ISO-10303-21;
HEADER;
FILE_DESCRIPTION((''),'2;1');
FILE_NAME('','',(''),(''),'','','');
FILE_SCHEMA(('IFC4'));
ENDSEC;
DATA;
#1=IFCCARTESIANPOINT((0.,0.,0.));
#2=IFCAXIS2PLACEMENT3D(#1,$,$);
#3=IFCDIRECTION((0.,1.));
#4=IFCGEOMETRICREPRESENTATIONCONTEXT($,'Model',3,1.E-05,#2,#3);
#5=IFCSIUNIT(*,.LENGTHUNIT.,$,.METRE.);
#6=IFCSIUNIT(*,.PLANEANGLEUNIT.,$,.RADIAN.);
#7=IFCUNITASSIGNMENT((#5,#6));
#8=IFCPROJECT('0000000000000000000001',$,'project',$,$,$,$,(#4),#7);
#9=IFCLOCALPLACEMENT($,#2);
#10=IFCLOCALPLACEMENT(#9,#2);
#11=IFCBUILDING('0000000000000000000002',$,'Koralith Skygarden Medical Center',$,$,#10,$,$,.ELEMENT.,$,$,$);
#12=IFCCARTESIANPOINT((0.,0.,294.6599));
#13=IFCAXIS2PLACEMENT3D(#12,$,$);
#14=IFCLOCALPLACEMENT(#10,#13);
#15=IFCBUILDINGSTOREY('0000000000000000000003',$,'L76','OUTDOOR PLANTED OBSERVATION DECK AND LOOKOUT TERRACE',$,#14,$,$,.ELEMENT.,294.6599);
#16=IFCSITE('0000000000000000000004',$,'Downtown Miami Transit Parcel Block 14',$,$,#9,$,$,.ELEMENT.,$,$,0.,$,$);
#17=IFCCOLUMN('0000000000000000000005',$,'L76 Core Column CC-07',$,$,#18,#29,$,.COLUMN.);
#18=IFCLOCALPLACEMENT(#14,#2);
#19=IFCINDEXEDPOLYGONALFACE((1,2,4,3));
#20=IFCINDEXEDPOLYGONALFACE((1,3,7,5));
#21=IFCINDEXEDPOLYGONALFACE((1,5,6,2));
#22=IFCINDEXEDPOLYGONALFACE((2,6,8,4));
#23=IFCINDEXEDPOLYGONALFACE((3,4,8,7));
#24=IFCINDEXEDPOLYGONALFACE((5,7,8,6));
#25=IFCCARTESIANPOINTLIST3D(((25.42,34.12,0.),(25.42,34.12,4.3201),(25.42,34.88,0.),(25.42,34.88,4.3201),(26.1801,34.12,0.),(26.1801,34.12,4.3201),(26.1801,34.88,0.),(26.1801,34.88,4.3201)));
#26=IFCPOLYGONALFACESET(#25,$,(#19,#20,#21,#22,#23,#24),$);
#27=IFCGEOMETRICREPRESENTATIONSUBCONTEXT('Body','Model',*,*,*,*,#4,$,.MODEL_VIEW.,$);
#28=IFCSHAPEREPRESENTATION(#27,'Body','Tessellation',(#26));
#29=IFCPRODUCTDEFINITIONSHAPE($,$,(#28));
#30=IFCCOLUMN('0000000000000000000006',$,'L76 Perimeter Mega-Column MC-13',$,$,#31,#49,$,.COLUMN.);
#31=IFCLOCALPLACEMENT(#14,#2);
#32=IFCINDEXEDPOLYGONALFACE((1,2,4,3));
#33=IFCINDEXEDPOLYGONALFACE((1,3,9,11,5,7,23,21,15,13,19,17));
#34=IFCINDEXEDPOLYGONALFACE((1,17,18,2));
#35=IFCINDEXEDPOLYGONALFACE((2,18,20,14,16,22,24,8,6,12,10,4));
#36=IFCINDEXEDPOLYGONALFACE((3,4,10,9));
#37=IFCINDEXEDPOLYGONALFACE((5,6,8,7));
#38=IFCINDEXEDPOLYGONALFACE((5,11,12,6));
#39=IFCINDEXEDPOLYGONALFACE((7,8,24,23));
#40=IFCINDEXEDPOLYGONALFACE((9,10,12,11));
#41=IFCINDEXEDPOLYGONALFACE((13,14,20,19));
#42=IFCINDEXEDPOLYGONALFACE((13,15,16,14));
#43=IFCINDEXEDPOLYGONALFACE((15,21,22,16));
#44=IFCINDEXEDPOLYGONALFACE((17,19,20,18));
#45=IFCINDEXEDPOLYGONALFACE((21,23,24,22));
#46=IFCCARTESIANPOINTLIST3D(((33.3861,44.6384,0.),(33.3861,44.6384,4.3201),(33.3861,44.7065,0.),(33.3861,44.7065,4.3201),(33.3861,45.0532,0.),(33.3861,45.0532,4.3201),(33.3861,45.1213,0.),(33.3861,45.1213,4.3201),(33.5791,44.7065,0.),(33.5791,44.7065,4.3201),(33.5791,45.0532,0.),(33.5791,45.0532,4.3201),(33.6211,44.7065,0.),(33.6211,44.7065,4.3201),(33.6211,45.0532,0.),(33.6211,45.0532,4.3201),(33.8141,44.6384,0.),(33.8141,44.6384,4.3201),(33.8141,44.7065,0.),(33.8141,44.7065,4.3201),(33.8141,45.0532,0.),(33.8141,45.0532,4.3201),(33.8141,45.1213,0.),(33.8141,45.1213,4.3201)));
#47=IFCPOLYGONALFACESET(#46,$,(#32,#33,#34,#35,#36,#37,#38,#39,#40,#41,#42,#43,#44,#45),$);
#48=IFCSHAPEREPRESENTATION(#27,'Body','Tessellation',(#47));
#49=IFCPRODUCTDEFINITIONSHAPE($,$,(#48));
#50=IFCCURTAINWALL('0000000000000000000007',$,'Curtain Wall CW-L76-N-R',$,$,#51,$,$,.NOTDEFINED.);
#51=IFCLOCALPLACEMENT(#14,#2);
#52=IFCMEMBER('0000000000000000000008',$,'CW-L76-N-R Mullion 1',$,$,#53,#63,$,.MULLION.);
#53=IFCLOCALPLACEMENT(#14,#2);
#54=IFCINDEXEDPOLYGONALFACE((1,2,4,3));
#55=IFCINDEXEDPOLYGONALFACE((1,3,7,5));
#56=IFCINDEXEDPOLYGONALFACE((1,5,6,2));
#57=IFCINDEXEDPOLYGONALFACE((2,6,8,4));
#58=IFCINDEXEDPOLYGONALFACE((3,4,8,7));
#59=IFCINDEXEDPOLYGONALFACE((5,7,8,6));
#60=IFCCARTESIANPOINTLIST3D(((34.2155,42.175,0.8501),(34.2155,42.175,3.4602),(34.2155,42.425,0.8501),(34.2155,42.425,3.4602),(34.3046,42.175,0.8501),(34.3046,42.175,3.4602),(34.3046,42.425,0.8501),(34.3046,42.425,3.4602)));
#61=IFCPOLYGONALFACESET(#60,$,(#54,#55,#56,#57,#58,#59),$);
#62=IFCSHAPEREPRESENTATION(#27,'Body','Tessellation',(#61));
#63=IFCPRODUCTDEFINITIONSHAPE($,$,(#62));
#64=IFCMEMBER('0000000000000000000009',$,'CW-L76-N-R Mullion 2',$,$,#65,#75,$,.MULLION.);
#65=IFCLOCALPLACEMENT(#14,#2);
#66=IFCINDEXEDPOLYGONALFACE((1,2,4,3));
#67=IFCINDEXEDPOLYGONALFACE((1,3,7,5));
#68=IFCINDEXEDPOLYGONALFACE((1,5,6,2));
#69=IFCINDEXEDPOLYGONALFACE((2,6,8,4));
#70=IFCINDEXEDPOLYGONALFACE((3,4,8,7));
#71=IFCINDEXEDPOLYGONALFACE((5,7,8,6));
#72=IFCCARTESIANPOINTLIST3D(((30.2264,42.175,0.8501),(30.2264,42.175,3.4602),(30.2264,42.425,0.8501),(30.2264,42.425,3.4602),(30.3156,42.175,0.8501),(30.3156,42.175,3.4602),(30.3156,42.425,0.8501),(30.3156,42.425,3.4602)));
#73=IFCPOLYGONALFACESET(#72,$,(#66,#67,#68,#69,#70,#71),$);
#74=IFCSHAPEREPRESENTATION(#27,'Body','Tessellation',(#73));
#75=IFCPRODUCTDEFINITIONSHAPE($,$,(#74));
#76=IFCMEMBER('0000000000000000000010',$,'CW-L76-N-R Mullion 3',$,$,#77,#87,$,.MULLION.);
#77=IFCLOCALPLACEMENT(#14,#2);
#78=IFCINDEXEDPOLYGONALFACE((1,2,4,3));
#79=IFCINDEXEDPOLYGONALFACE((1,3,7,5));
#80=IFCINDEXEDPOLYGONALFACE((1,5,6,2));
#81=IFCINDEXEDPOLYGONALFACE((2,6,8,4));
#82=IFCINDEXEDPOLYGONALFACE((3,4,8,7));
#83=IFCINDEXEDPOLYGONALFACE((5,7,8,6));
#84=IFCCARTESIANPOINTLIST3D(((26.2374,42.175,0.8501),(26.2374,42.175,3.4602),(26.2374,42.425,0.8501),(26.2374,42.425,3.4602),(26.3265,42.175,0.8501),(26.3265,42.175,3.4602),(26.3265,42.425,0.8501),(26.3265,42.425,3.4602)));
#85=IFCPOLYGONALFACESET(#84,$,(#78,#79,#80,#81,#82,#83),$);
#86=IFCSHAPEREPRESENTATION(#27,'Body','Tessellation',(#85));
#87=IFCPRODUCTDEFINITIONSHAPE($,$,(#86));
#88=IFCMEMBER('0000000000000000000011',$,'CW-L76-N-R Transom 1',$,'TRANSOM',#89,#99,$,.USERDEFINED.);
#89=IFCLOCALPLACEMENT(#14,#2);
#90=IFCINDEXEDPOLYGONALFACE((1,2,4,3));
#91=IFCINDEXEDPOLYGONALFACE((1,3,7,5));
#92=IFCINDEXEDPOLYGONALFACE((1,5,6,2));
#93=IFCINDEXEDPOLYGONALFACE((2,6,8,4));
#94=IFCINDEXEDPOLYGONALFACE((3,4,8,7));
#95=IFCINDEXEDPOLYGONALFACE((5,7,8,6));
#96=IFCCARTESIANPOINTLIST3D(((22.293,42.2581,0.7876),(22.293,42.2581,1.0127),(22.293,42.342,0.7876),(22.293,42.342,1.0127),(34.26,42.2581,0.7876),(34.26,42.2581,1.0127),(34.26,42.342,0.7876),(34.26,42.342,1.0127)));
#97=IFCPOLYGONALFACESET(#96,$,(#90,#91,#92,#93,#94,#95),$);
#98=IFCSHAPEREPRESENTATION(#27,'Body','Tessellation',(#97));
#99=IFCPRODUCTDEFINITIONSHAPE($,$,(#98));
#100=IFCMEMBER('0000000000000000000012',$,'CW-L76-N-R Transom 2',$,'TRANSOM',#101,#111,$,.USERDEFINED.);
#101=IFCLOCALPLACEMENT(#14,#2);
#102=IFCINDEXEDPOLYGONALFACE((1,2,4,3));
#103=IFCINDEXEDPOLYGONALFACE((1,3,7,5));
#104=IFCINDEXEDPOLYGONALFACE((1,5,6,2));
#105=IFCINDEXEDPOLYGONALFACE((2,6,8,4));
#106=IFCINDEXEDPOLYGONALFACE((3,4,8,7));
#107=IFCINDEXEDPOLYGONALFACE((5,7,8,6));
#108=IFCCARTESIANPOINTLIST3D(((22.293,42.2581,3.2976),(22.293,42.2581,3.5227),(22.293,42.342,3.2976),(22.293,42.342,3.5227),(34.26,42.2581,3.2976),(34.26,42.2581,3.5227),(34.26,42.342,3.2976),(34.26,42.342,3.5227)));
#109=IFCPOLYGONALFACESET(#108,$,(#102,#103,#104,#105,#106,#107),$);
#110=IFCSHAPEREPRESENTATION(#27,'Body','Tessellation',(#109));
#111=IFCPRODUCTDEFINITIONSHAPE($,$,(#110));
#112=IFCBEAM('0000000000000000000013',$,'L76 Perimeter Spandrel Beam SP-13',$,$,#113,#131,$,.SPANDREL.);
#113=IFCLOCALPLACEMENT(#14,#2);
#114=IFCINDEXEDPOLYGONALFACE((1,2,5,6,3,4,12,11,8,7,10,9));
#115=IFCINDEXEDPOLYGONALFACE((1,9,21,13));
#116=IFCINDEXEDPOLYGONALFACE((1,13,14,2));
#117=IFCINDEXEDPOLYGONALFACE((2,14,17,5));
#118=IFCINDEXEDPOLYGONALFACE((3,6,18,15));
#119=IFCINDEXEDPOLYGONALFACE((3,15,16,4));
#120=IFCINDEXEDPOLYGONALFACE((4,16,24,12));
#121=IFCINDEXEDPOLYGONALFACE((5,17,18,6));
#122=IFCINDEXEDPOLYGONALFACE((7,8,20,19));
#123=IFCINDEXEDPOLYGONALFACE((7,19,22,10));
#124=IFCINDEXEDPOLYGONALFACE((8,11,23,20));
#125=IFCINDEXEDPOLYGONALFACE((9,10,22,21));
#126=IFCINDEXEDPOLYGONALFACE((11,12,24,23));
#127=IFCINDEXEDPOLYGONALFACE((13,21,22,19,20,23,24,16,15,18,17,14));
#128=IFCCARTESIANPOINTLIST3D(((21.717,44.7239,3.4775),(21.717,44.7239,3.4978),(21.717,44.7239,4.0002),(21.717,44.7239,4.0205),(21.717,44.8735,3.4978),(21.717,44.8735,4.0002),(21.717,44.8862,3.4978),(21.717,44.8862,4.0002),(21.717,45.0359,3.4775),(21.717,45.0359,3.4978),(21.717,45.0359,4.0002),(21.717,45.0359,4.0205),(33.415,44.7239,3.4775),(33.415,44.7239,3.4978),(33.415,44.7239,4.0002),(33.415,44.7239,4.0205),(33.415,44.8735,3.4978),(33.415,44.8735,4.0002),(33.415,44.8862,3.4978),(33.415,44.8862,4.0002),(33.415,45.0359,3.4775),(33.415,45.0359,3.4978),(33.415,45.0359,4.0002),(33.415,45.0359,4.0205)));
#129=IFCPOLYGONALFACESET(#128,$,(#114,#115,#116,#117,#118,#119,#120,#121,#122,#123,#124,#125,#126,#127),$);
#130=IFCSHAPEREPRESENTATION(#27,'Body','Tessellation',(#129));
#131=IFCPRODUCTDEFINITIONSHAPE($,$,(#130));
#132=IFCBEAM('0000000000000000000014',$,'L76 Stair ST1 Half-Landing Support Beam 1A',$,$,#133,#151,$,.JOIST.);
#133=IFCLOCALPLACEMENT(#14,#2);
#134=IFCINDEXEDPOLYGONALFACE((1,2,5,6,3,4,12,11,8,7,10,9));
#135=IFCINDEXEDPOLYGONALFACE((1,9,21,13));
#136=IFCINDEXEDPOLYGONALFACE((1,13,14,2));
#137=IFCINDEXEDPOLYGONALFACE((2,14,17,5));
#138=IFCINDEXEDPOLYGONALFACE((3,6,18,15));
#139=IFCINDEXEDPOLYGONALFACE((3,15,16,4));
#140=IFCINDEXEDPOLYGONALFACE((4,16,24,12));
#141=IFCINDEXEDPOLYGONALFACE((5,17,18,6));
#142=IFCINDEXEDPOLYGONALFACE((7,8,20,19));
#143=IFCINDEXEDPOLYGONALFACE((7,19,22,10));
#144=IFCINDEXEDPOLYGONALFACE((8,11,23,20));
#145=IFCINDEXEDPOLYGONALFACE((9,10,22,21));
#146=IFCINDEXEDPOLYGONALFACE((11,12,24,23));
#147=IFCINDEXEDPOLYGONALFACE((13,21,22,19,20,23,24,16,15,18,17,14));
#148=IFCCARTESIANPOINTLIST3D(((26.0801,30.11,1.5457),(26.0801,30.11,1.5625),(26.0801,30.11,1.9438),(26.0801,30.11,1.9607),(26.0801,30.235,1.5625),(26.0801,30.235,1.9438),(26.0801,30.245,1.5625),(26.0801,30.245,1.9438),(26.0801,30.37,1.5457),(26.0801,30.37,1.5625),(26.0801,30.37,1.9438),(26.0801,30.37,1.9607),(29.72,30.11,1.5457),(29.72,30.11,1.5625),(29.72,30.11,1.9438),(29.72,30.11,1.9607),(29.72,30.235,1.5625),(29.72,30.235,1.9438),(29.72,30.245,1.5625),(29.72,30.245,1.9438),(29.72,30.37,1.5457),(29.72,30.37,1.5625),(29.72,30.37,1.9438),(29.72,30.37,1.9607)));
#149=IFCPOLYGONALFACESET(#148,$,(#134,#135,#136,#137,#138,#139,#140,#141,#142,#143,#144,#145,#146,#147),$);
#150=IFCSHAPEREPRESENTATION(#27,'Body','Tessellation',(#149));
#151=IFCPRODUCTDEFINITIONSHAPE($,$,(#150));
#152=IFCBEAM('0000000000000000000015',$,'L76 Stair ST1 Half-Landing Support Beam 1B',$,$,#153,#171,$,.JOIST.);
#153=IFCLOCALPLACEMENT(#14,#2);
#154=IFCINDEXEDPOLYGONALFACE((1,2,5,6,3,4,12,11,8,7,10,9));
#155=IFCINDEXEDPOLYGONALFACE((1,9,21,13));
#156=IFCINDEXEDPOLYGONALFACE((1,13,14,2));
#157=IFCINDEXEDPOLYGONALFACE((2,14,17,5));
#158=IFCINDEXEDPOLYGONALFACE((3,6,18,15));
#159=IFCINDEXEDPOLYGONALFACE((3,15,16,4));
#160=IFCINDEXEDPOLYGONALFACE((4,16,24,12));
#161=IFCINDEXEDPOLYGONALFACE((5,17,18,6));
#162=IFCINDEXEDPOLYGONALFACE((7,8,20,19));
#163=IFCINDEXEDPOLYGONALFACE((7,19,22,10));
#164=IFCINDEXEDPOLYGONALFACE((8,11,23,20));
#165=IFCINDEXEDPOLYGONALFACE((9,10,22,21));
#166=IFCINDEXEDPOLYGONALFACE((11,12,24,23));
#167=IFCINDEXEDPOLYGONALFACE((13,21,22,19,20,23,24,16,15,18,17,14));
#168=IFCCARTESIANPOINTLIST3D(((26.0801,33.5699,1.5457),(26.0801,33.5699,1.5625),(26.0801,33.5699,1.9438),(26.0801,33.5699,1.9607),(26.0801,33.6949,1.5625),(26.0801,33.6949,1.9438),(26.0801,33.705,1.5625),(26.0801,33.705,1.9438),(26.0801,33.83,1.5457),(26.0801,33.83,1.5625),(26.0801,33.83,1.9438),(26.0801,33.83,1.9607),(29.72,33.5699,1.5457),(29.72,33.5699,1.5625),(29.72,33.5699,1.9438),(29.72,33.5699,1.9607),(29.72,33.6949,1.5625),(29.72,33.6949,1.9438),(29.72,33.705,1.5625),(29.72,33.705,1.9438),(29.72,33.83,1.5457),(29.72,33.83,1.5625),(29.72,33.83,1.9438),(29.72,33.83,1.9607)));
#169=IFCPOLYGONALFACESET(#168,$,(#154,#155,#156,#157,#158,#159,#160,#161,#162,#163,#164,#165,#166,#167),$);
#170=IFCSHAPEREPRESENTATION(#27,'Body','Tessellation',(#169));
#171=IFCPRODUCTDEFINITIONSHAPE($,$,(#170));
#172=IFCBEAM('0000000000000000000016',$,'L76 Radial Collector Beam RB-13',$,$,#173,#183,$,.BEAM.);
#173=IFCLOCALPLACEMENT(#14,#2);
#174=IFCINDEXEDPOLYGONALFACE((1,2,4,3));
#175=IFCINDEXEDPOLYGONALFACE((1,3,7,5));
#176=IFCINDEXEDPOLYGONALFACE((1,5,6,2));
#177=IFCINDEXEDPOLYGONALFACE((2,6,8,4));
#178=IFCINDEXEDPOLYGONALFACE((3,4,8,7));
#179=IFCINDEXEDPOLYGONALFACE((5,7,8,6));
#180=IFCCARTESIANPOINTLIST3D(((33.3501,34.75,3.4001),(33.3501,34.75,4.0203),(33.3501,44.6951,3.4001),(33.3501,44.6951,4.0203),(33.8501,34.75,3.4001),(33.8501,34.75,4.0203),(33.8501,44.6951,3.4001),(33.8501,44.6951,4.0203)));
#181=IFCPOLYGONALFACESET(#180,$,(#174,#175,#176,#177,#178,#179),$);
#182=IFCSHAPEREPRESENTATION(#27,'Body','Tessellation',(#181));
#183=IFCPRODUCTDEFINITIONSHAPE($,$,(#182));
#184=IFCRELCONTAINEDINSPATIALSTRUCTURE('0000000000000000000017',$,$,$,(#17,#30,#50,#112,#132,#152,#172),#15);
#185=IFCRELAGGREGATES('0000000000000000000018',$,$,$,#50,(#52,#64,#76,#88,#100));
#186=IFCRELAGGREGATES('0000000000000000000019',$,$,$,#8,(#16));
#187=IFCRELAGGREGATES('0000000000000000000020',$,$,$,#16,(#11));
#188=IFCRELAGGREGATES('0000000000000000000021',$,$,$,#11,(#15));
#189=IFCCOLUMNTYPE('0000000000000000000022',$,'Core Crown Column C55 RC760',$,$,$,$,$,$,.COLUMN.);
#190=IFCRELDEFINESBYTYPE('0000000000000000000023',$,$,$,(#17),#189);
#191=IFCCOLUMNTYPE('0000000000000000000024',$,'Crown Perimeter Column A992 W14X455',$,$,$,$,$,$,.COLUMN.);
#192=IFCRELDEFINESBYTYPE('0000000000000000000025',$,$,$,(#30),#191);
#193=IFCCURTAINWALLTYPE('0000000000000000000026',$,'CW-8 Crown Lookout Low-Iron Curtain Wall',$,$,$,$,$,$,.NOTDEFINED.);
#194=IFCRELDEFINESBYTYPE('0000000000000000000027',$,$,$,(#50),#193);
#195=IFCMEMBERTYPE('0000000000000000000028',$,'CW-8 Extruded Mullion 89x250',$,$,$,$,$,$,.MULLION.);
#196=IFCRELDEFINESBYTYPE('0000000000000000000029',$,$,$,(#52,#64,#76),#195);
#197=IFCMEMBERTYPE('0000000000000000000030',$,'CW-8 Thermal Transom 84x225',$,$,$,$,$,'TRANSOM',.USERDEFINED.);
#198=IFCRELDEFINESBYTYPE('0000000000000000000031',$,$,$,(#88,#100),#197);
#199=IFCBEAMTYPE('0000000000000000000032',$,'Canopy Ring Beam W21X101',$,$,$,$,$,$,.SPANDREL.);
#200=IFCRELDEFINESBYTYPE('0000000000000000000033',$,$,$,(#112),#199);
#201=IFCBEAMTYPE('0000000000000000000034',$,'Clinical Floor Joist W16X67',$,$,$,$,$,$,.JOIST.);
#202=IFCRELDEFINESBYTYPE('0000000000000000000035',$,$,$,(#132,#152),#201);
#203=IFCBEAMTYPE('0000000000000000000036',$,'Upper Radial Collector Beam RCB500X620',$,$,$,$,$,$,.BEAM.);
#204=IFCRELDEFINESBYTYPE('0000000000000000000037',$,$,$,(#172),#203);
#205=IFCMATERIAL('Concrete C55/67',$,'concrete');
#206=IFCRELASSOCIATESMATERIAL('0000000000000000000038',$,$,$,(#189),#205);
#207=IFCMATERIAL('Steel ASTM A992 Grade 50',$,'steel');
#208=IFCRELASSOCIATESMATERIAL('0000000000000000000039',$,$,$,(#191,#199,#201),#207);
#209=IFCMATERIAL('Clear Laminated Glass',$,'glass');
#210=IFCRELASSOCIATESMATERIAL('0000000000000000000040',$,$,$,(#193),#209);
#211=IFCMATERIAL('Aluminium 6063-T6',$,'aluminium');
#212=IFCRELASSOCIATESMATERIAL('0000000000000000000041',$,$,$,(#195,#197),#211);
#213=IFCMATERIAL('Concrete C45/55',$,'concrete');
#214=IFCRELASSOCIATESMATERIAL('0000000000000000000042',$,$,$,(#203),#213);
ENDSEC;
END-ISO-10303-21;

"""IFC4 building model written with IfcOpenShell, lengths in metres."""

from ifc_helpers import new_model, si_unit, direction, frame, origin, origin_2d, place, context, subcontext, project, spatial, rectangle, i_section, extrude, material, material_profile, profile_set, type_object, element, aggregate, save


model = new_model("IFC4")

# Units and contexts
model_context = context("Model", 3, precision=1e-05, world=origin(), true_north=direction((0.0, 1.0)))
body_context = subcontext(model_context, "Body", "Model", "MODEL_VIEW")
ifc_project = project(units=[si_unit("LENGTHUNIT", "METRE"), si_unit("PLANEANGLEUNIT", "RADIAN")], contexts=[model_context])

# Site, building, storey
site_placement = place(None, origin())
site = spatial("IfcSite", under=ifc_project, at=site_placement, Name="Downtown Miami Transit Parcel Block 14", CompositionType="ELEMENT", RefElevation=0.0)
building_placement = place(site_placement, origin())
building = spatial("IfcBuilding", under=site, at=building_placement, Name="Koralith Skygarden Medical Center", CompositionType="ELEMENT")
storey_placement = place(building_placement, frame((0.0, 0.0, 294.6599)))
storey = spatial("IfcBuildingStorey", under=building, at=storey_placement, Name="L76", Description="OUTDOOR PLANTED OBSERVATION DECK AND LOOKOUT TERRACE", CompositionType="ELEMENT", Elevation=294.6599)

# Columns
ifc_material_1 = material(Name="Concrete C55/67", Category="concrete")
ifc_material_profile_1 = material_profile(ifc_material_1, rectangle(XDim=0.76, YDim=0.76, at=origin_2d()), Name="RC760X760")
ifc_profile_set_1 = profile_set([ifc_material_profile_1], Name="Concrete C55/67")
column_type_1 = type_object("IfcColumnType", Name="Core Crown Column C55 RC760", PredefinedType="COLUMN", material=ifc_profile_set_1)
column_1_placement = place(storey_placement, frame((25.8, 34.5, 0.0), z_axis=(0.0, 0.0, 1.0), x_axis=(1.0, 0.0, 0.0)))
element("IfcColumn", 1, at=column_1_placement, inside=storey, type_object=column_type_1, Name="L76 Core Column CC-07", PredefinedType="COLUMN", context=body_context, shape_type="SweptSolid", body=[
    extrude(rectangle(XDim=0.76, YDim=0.76, at=origin_2d()), origin(), (0.0, 0.0, 1.0), 4.3201),
])
ifc_material_2 = material(Name="Steel ASTM A992 Grade 50", Category="steel")
ifc_material_profile_2 = material_profile(ifc_material_2, i_section(OverallWidth=0.428, OverallDepth=0.4829, WebThickness=0.042, FlangeThickness=0.0681, at=origin_2d()), Name="W14X455")
ifc_profile_set_2 = profile_set([ifc_material_profile_2], Name="Steel ASTM A992 Grade 50")
column_type_2 = type_object("IfcColumnType", Name="Crown Perimeter Column A992 W14X455", PredefinedType="COLUMN", material=ifc_profile_set_2)
column_2_placement = place(storey_placement, frame((33.6001, 44.8799, 0.0), z_axis=(0.0, 0.0, 1.0), x_axis=(1.0, 0.0, 0.0)))
element("IfcColumn", 2, at=column_2_placement, inside=storey, type_object=column_type_2, Name="L76 Perimeter Mega-Column MC-13", PredefinedType="COLUMN", context=body_context, shape_type="SweptSolid", body=[
    extrude(i_section(OverallWidth=0.428, OverallDepth=0.4829, WebThickness=0.042, FlangeThickness=0.0681, at=origin_2d()), origin(), (0.0, 0.0, 1.0), 4.3201),
])

# Curtain wall, members
ifc_material_3 = material(Name="Clear Laminated Glass", Category="glass")
curtain_wall_type = type_object("IfcCurtainWallType", Name="CW-8 Crown Lookout Low-Iron Curtain Wall", PredefinedType="NOTDEFINED", material=ifc_material_3)
curtain_wall_placement = place(storey_placement, origin())
curtain_wall = element("IfcCurtainWall", 3, at=curtain_wall_placement, inside=storey, type_object=curtain_wall_type, Name="Curtain Wall CW-L76-N-R", PredefinedType="NOTDEFINED")
ifc_material_4 = material(Name="Aluminium 6063-T6", Category="aluminium")
ifc_material_profile_3 = material_profile(ifc_material_4, rectangle(XDim=0.0891, YDim=0.25, at=origin_2d()), Name="MUL89X250")
ifc_profile_set_3 = profile_set([ifc_material_profile_3], Name="Aluminium 6063-T6")
member_type_1 = type_object("IfcMemberType", Name="CW-8 Extruded Mullion 89x250", PredefinedType="MULLION", material=ifc_profile_set_3)
member_1_placement = place(storey_placement, frame((34.26, 42.3, 0.8501), z_axis=(0.0, 0.0, 1.0), x_axis=(1.0, 0.0, 0.0)))
member_1 = element("IfcMember", 4, at=member_1_placement, type_object=member_type_1, Name="CW-L76-N-R Mullion 1", PredefinedType="MULLION", context=body_context, shape_type="SweptSolid", body=[
    extrude(rectangle(XDim=0.0891, YDim=0.25, at=origin_2d()), origin(), (0.0, 0.0, 1.0), 2.6101),
])
member_2_placement = place(storey_placement, frame((30.271, 42.3, 0.8501), z_axis=(0.0, 0.0, 1.0), x_axis=(1.0, 0.0, 0.0)))
member_2 = element("IfcMember", 5, at=member_2_placement, type_object=member_type_1, Name="CW-L76-N-R Mullion 2", PredefinedType="MULLION", context=body_context, shape_type="SweptSolid", body=[
    extrude(rectangle(XDim=0.0891, YDim=0.25, at=origin_2d()), origin(), (0.0, 0.0, 1.0), 2.6101),
])
member_3_placement = place(storey_placement, frame((26.282, 42.3, 0.8501), z_axis=(0.0, 0.0, 1.0), x_axis=(1.0, 0.0, 0.0)))
member_3 = element("IfcMember", 6, at=member_3_placement, type_object=member_type_1, Name="CW-L76-N-R Mullion 3", PredefinedType="MULLION", context=body_context, shape_type="SweptSolid", body=[
    extrude(rectangle(XDim=0.0891, YDim=0.25, at=origin_2d()), origin(), (0.0, 0.0, 1.0), 2.6101),
])
ifc_material_profile_4 = material_profile(ifc_material_4, rectangle(XDim=0.084, YDim=0.2251, at=origin_2d()), Name="TRN84X225")
ifc_profile_set_4 = profile_set([ifc_material_profile_4], Name="Aluminium 6063-T6")
member_type_2 = type_object("IfcMemberType", Name="CW-8 Thermal Transom 84x225", ElementType="TRANSOM", PredefinedType="USERDEFINED", material=ifc_profile_set_4)
member_4_placement = place(storey_placement, frame((34.26, 42.3, 0.9001), z_axis=(-1.0, 0.0, 0.0), x_axis=(0.0, -1.0, 0.0)))
member_4 = element("IfcMember", 7, at=member_4_placement, type_object=member_type_2, Name="CW-L76-N-R Transom 1", ObjectType="TRANSOM", PredefinedType="USERDEFINED", context=body_context, shape_type="SweptSolid", body=[
    extrude(rectangle(XDim=0.084, YDim=0.2251, at=origin_2d()), origin(), (0.0, 0.0, 1.0), 11.967),
])
member_5_placement = place(storey_placement, frame((34.26, 42.3, 3.4102), z_axis=(-1.0, 0.0, 0.0), x_axis=(0.0, -1.0, 0.0)))
member_5 = element("IfcMember", 8, at=member_5_placement, type_object=member_type_2, Name="CW-L76-N-R Transom 2", ObjectType="TRANSOM", PredefinedType="USERDEFINED", context=body_context, shape_type="SweptSolid", body=[
    extrude(rectangle(XDim=0.084, YDim=0.2251, at=origin_2d()), origin(), (0.0, 0.0, 1.0), 11.967),
])

# Beams
ifc_material_profile_5 = material_profile(ifc_material_2, i_section(OverallWidth=0.312, OverallDepth=0.543, WebThickness=0.0127, FlangeThickness=0.0203, at=origin_2d()), Name="W21X101")
ifc_profile_set_5 = profile_set([ifc_material_profile_5], Name="Steel ASTM A992 Grade 50")
beam_type_1 = type_object("IfcBeamType", Name="Canopy Ring Beam W21X101", PredefinedType="SPANDREL", material=ifc_profile_set_5)
beam_1_placement = place(storey_placement, frame((33.415, 44.8799, 3.749), z_axis=(-1.0, 0.0, 0.0), x_axis=(0.0, -1.0, 0.0)))
element("IfcBeam", 9, at=beam_1_placement, inside=storey, type_object=beam_type_1, Name="L76 Perimeter Spandrel Beam SP-13", PredefinedType="SPANDREL", context=body_context, shape_type="SweptSolid", body=[
    extrude(i_section(OverallWidth=0.312, OverallDepth=0.543, WebThickness=0.0127, FlangeThickness=0.0203, at=origin_2d()), origin(), (0.0, 0.0, 1.0), 11.698),
])
ifc_material_profile_6 = material_profile(ifc_material_2, i_section(OverallWidth=0.26, OverallDepth=0.415, WebThickness=0.01, FlangeThickness=0.0168, at=origin_2d()), Name="W16X67")
ifc_profile_set_6 = profile_set([ifc_material_profile_6], Name="Steel ASTM A992 Grade 50")
beam_type_2 = type_object("IfcBeamType", Name="Clinical Floor Joist W16X67", PredefinedType="JOIST", material=ifc_profile_set_6)
for number, where, z_axis, x_axis, name in (
    (10, (26.0801, 30.24, 1.7532), (1.0, 0.0, 0.0), (0.0, 1.0, 0.0), "L76 Stair ST1 Half-Landing Support Beam 1A"),
    (11, (26.0801, 33.7, 1.7532), (1.0, 0.0, 0.0), (0.0, 1.0, 0.0), "L76 Stair ST1 Half-Landing Support Beam 1B"),
):
    element("IfcBeam", number, at=place(storey_placement, frame(where, z_axis=z_axis, x_axis=x_axis)), inside=storey, type_object=beam_type_2, Name=name, PredefinedType="JOIST", context=body_context, shape_type="SweptSolid", body=[
        extrude(i_section(OverallWidth=0.26, OverallDepth=0.415, WebThickness=0.01, FlangeThickness=0.0168, at=origin_2d()), origin(), (0.0, 0.0, 1.0), 3.6399),
    ])
ifc_material_5 = material(Name="Concrete C45/55", Category="concrete")
ifc_material_profile_7 = material_profile(ifc_material_5, rectangle(XDim=0.5, YDim=0.6201, at=origin_2d()), Name="RCB500X620")
ifc_profile_set_7 = profile_set([ifc_material_profile_7], Name="Concrete C45/55")
beam_type_3 = type_object("IfcBeamType", Name="Upper Radial Collector Beam RCB500X620", PredefinedType="BEAM", material=ifc_profile_set_7)
beam_2_placement = place(storey_placement, frame((33.6001, 34.75, 3.7102), z_axis=(0.0, 1.0, 0.0), x_axis=(-1.0, 0.0, 0.0)))
element("IfcBeam", 12, at=beam_2_placement, inside=storey, type_object=beam_type_3, Name="L76 Radial Collector Beam RB-13", PredefinedType="BEAM", context=body_context, shape_type="SweptSolid", body=[
    extrude(rectangle(XDim=0.5, YDim=0.6201, at=origin_2d()), origin(), (0.0, 0.0, 1.0), 9.9451),
])

aggregate(curtain_wall, [member_1, member_2, member_3, member_4, member_5])

save(model, "model.ifc")
